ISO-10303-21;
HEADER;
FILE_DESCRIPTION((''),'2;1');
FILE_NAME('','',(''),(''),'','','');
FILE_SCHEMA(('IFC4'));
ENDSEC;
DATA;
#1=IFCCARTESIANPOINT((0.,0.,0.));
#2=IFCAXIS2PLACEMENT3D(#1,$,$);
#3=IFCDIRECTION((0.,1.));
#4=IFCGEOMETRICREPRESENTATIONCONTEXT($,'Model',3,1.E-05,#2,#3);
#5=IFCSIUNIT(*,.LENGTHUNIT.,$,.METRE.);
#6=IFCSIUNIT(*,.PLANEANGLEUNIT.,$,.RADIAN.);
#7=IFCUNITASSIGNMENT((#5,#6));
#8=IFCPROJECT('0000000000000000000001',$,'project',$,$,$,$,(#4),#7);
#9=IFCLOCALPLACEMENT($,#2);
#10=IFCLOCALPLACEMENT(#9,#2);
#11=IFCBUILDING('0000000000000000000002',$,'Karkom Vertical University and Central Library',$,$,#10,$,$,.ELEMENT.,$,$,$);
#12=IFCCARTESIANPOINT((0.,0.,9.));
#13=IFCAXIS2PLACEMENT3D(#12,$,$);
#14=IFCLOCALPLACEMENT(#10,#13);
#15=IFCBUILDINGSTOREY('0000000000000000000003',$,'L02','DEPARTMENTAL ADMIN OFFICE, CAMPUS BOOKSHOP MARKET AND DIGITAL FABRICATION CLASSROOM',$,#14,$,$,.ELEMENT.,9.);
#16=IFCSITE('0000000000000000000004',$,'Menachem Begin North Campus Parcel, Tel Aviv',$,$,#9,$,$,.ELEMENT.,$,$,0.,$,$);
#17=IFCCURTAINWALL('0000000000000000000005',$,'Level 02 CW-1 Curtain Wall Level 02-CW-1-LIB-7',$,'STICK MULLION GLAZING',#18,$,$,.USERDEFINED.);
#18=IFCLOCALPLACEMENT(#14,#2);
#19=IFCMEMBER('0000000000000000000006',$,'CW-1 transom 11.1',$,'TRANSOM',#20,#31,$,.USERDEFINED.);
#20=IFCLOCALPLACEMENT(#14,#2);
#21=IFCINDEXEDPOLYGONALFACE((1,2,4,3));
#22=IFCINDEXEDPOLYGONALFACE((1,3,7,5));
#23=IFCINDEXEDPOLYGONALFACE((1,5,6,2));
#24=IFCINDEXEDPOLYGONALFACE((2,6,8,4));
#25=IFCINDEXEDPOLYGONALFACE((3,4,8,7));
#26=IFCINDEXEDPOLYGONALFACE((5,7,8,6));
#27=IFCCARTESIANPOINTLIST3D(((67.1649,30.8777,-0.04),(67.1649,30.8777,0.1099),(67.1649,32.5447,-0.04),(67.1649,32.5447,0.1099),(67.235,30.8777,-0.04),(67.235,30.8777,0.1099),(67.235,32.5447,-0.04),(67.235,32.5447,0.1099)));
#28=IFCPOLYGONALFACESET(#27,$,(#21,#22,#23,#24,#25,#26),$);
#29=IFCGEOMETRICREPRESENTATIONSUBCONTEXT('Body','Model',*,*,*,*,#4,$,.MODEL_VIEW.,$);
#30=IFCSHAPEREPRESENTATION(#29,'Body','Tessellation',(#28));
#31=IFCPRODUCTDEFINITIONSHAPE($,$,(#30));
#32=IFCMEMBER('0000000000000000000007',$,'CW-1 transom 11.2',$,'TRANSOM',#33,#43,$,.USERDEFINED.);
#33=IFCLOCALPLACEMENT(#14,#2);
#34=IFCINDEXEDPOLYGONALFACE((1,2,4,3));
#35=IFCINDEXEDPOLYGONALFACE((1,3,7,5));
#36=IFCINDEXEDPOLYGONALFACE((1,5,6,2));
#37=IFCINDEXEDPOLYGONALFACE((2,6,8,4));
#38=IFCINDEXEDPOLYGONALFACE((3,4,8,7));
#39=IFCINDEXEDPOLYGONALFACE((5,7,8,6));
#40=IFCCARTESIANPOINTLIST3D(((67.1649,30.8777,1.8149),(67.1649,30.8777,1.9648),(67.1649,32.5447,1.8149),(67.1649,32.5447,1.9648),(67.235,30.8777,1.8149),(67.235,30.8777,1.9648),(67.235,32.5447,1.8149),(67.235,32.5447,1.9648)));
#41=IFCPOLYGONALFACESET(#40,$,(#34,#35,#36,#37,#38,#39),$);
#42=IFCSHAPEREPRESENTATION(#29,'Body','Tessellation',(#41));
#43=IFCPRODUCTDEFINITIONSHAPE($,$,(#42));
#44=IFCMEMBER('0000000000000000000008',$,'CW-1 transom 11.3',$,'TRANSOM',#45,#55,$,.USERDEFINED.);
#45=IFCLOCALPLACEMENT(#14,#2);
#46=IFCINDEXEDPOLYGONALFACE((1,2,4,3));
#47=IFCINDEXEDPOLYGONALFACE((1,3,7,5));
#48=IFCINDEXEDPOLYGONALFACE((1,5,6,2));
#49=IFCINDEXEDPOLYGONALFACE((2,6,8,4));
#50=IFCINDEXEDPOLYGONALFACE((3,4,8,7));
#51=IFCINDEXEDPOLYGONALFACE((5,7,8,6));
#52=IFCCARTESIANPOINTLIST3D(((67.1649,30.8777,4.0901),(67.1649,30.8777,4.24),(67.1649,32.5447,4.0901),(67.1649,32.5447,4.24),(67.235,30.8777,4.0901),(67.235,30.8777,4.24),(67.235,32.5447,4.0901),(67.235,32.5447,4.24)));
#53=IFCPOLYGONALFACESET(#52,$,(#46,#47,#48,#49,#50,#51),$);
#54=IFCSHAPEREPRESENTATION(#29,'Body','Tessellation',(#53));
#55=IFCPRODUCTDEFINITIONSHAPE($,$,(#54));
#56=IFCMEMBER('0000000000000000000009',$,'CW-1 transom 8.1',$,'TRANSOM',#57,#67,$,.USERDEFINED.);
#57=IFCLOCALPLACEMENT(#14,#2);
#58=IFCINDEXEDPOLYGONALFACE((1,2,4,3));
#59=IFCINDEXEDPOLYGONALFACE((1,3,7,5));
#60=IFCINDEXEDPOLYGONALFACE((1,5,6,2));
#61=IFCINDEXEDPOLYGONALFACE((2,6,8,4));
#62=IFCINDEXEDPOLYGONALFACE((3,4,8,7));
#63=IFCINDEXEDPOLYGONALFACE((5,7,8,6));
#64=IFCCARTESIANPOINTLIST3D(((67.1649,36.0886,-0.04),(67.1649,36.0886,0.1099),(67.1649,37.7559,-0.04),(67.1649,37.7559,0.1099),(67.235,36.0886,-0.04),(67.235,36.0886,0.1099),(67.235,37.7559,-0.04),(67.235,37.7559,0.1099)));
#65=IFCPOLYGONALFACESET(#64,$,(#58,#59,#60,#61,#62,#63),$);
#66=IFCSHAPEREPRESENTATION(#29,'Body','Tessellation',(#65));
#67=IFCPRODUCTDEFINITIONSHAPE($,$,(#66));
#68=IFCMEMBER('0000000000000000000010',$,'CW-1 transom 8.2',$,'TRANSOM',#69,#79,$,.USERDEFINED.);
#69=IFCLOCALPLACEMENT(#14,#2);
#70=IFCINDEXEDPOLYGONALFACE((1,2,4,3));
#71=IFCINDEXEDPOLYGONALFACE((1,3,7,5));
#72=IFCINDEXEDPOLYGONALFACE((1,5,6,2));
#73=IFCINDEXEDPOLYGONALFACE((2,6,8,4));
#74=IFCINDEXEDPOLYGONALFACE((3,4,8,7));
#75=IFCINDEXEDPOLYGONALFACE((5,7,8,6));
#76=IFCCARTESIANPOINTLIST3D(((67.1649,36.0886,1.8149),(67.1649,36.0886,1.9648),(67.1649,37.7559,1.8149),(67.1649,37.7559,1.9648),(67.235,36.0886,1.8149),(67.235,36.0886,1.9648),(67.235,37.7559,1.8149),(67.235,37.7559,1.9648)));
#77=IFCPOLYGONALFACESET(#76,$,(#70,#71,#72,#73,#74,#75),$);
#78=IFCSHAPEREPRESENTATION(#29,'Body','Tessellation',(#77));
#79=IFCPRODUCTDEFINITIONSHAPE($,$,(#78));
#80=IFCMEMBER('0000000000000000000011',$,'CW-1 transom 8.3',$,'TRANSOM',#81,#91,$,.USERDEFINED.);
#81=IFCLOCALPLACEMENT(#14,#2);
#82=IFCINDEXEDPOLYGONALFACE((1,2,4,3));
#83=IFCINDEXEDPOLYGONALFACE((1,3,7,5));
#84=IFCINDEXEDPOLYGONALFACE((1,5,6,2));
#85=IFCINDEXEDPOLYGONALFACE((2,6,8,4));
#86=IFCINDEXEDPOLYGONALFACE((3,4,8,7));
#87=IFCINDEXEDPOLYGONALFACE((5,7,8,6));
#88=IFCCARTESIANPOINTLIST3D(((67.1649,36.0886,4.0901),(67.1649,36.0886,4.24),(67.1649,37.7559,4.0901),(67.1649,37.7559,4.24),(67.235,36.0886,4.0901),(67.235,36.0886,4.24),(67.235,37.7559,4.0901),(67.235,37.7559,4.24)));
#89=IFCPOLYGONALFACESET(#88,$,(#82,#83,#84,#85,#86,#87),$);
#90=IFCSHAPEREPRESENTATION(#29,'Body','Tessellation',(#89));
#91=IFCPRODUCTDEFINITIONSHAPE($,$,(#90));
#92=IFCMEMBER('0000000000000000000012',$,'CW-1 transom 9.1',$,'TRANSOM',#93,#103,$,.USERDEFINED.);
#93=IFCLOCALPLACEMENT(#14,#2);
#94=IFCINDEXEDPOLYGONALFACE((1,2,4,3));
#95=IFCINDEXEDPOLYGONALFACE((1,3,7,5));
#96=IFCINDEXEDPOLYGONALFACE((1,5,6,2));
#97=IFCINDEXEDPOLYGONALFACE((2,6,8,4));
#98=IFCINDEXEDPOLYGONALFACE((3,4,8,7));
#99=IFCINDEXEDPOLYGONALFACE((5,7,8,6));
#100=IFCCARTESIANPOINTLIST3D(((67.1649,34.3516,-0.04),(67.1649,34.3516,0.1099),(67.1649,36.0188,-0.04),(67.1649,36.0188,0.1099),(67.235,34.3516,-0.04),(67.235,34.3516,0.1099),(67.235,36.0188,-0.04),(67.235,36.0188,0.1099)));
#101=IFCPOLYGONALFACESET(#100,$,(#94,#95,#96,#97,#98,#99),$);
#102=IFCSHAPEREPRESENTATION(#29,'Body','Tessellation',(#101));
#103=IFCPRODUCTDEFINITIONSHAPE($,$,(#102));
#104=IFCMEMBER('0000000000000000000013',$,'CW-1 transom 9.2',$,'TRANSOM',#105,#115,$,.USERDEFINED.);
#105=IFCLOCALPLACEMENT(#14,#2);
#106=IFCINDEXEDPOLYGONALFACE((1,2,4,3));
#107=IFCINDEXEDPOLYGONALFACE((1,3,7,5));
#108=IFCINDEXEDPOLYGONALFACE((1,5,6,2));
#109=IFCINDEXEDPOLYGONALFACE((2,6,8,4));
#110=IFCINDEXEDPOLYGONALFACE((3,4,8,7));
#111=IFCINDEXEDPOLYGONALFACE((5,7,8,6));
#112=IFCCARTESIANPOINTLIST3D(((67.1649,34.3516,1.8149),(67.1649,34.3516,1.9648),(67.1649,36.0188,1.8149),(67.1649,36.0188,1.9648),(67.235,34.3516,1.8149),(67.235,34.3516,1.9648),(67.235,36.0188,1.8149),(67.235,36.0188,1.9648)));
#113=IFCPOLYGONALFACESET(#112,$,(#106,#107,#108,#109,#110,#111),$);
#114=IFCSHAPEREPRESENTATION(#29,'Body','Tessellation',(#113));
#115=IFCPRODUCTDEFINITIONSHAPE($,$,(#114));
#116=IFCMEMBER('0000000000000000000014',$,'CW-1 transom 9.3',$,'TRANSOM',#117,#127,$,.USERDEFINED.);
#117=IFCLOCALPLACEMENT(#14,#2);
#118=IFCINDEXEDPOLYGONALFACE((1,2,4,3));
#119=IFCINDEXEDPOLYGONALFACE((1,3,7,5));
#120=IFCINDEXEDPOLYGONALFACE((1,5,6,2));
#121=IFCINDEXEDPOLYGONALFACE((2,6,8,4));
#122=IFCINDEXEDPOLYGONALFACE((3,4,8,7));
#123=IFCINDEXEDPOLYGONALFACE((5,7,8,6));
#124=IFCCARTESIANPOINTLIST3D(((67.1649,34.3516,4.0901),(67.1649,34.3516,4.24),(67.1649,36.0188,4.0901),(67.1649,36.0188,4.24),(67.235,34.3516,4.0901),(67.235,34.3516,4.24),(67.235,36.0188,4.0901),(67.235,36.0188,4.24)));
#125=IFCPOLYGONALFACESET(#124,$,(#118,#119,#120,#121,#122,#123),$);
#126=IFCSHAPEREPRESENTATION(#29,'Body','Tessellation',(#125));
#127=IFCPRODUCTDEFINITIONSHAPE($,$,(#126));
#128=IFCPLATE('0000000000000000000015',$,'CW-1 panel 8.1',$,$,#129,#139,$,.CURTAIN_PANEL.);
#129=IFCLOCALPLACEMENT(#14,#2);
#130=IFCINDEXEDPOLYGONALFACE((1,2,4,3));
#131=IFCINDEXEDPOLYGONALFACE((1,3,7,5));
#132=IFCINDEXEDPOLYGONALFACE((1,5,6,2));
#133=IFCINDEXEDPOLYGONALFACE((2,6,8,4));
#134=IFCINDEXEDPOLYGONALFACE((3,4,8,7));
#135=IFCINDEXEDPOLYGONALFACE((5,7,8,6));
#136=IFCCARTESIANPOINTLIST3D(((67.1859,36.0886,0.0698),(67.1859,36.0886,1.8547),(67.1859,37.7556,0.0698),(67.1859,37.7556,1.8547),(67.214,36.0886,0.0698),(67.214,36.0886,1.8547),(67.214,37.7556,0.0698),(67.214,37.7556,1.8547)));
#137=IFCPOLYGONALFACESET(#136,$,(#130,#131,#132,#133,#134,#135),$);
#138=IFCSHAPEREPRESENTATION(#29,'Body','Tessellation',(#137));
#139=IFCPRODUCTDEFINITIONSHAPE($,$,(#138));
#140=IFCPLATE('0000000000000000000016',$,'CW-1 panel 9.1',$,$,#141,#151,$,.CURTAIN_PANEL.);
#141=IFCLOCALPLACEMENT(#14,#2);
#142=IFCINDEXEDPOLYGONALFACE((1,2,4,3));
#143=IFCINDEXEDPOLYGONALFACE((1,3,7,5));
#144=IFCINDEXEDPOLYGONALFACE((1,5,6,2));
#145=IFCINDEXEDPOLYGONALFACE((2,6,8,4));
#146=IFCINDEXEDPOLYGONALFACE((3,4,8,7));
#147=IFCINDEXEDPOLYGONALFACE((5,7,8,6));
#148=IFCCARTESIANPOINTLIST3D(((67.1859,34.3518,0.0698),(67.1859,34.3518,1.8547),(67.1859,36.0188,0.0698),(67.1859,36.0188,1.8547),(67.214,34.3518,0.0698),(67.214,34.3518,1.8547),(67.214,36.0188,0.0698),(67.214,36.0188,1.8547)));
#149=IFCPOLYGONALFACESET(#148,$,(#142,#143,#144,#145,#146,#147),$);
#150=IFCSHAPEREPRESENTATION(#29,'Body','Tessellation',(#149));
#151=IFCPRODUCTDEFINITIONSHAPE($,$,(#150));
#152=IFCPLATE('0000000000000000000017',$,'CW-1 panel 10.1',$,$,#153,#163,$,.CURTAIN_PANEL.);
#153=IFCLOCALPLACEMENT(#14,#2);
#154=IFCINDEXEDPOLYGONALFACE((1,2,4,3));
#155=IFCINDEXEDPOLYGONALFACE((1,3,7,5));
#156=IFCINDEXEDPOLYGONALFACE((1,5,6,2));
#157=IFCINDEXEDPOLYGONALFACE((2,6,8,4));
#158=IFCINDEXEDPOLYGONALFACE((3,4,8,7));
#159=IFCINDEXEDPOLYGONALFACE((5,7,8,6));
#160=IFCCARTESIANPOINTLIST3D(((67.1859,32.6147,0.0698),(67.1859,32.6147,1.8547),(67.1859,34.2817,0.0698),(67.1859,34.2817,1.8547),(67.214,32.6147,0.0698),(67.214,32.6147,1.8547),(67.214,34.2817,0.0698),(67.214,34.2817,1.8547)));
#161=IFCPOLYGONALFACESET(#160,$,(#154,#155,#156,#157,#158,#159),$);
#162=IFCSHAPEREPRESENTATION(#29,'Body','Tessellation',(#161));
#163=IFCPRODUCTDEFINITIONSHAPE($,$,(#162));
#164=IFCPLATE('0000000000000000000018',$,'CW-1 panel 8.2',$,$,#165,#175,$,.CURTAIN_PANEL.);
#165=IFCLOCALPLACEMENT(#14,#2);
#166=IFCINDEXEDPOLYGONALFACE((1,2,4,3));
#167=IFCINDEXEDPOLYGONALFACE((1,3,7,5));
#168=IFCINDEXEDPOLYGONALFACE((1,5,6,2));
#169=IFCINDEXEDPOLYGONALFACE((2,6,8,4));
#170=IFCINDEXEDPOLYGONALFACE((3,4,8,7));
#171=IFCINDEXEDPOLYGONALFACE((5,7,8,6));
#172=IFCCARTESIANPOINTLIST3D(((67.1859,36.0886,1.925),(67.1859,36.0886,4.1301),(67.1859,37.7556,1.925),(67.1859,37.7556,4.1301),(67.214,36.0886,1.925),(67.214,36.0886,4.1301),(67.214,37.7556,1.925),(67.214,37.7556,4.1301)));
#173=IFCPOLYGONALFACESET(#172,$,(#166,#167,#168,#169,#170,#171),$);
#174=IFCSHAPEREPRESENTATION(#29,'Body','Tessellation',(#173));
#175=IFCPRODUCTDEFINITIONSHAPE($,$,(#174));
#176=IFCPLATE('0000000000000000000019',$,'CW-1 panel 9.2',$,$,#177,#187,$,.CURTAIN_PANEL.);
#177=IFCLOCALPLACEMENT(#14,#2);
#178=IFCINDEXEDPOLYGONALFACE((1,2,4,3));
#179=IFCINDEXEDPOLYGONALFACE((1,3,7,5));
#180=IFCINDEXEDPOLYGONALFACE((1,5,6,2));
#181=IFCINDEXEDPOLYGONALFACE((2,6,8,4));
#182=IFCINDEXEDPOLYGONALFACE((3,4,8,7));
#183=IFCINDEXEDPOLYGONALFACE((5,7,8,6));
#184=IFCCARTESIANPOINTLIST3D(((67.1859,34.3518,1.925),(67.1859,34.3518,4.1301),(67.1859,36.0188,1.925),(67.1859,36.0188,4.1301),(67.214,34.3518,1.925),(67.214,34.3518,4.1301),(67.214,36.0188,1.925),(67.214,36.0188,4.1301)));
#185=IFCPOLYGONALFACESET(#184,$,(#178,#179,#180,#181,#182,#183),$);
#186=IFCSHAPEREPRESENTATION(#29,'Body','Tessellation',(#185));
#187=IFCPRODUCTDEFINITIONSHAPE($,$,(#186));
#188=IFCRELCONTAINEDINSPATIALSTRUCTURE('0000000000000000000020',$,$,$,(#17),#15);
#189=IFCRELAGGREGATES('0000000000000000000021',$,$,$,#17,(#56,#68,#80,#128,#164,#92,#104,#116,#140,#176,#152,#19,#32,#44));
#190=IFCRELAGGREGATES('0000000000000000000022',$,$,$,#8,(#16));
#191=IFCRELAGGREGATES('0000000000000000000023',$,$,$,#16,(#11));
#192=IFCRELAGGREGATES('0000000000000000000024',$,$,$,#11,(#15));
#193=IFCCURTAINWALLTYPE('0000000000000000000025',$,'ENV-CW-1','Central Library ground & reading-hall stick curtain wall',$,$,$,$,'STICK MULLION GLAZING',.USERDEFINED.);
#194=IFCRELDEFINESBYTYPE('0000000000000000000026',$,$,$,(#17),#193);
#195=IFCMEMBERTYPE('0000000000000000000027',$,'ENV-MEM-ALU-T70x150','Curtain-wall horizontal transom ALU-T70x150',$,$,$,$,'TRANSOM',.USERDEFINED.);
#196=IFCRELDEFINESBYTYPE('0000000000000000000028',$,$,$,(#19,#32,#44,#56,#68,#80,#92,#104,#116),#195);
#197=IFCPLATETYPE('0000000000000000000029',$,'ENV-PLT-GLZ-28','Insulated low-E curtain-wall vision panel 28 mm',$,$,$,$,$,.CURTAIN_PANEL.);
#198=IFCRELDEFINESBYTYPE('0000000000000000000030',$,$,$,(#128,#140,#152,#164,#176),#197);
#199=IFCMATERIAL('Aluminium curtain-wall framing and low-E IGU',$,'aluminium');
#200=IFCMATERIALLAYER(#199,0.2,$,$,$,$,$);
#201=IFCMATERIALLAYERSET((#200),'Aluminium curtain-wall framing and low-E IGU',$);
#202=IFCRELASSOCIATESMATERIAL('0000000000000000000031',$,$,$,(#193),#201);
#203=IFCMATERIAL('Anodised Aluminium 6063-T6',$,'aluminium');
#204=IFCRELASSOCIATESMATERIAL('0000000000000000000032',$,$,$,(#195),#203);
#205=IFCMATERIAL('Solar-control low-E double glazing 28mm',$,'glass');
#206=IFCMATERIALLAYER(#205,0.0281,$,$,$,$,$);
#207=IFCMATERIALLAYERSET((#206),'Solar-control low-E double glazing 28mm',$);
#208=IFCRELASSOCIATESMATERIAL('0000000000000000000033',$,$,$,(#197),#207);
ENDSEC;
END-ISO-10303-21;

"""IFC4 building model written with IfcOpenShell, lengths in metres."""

from ifc_helpers import new_model, si_unit, direction, frame, origin, origin_with_axes, origin_2d, place, context, subcontext, project, spatial, rectangle, extrude, source, transform, mapped, material, layer, layer_set, material_profile, profile_set, type_object, element, aggregate, save


model = new_model("IFC4")

# Units and contexts
model_context = context("Model", 3, precision=1e-05, world=origin(), true_north=direction((0.0, 1.0)))
body_context = subcontext(model_context, "Body", "Model", "MODEL_VIEW")
ifc_project = project(units=[si_unit("LENGTHUNIT", "METRE"), si_unit("PLANEANGLEUNIT", "RADIAN")], contexts=[model_context])

# Site, building, storey
site_placement = place(None, origin())
site = spatial("IfcSite", under=ifc_project, at=site_placement, Name="Menachem Begin North Campus Parcel, Tel Aviv", CompositionType="ELEMENT", RefElevation=0.0)
building_placement = place(site_placement, origin())
building = spatial("IfcBuilding", under=site, at=building_placement, Name="Karkom Vertical University and Central Library", CompositionType="ELEMENT")
storey_placement = place(building_placement, frame((0.0, 0.0, 9.0)))
storey = spatial("IfcBuildingStorey", under=building, at=storey_placement, Name="L02", Description="DEPARTMENTAL ADMIN OFFICE, CAMPUS BOOKSHOP MARKET AND DIGITAL FABRICATION CLASSROOM", CompositionType="ELEMENT", Elevation=9.0)

# Curtain wall, members, plates
ifc_material_1 = material(Name="Aluminium curtain-wall framing and low-E IGU", Category="aluminium")
ifc_layer_1 = layer(ifc_material_1, 0.2)
ifc_layer_set_1 = layer_set([ifc_layer_1], Name="Aluminium curtain-wall framing and low-E IGU")
curtain_wall_type = type_object("IfcCurtainWallType", Name="ENV-CW-1", Description="Central Library ground & reading-hall stick curtain wall", ElementType="STICK MULLION GLAZING", PredefinedType="USERDEFINED", material=ifc_layer_set_1)
curtain_wall_placement = place(storey_placement, origin())
curtain_wall = element("IfcCurtainWall", 1, at=curtain_wall_placement, inside=storey, type_object=curtain_wall_type, Name="Level 02 CW-1 Curtain Wall Level 02-CW-1-LIB-7", ObjectType="STICK MULLION GLAZING", PredefinedType="USERDEFINED")
ifc_material_2 = material(Name="Anodised Aluminium 6063-T6", Category="aluminium")
ifc_material_profile_1 = material_profile(ifc_material_2, rectangle(XDim=0.0701, YDim=0.1499, at=origin_2d()), Name="ALU-T70x150")
ifc_profile_set_1 = profile_set([ifc_material_profile_1], Name="Anodised Aluminium 6063-T6")
member_type = type_object("IfcMemberType", Name="ENV-MEM-ALU-T70x150", Description="Curtain-wall horizontal transom ALU-T70x150", ElementType="TRANSOM", PredefinedType="USERDEFINED", material=ifc_profile_set_1)
shared_shape_1 = source(origin_with_axes(), body_context, "Body", "SweptSolid", [
    extrude(rectangle(XDim=0.0701, YDim=0.1499, at=origin_2d()), origin(), (0.0, 0.0, 1.0), 1.667),
])
member_1_placement = place(storey_placement, frame((67.2, 32.5447, 0.0349), z_axis=(0.0, -1.0, 0.0), x_axis=(1.0, 0.0, 0.0)))
member_1 = element("IfcMember", 2, at=member_1_placement, type_object=member_type, Name="CW-1 transom 11.1", ObjectType="TRANSOM", PredefinedType="USERDEFINED", context=body_context, shape_type="MappedRepresentation", body=[
    mapped(shared_shape_1, transform((0.0, 0.0, 0.0), scale=1.0)),
])
member_2_placement = place(storey_placement, frame((67.2, 32.5447, 1.8899), z_axis=(0.0, -1.0, 0.0), x_axis=(1.0, 0.0, 0.0)))
member_2 = element("IfcMember", 3, at=member_2_placement, type_object=member_type, Name="CW-1 transom 11.2", ObjectType="TRANSOM", PredefinedType="USERDEFINED", context=body_context, shape_type="MappedRepresentation", body=[
    mapped(shared_shape_1, transform((0.0, 0.0, 0.0), scale=1.0)),
])
member_3_placement = place(storey_placement, frame((67.2, 32.5447, 4.165), z_axis=(0.0, -1.0, 0.0), x_axis=(1.0, 0.0, 0.0)))
member_3 = element("IfcMember", 4, at=member_3_placement, type_object=member_type, Name="CW-1 transom 11.3", ObjectType="TRANSOM", PredefinedType="USERDEFINED", context=body_context, shape_type="MappedRepresentation", body=[
    mapped(shared_shape_1, transform((0.0, 0.0, 0.0), scale=1.0)),
])
shared_shape_2 = source(origin_with_axes(), body_context, "Body", "SweptSolid", [
    extrude(rectangle(XDim=0.0701, YDim=0.1499, at=origin_2d()), origin(), (0.0, 0.0, 1.0), 1.6672),
])
member_4_placement = place(storey_placement, frame((67.2, 37.7559, 0.0349), z_axis=(0.0, -1.0, 0.0), x_axis=(1.0, 0.0, 0.0)))
member_4 = element("IfcMember", 5, at=member_4_placement, type_object=member_type, Name="CW-1 transom 8.1", ObjectType="TRANSOM", PredefinedType="USERDEFINED", context=body_context, shape_type="MappedRepresentation", body=[
    mapped(shared_shape_2, transform((0.0, 0.0, 0.0), scale=1.0)),
])
member_5_placement = place(storey_placement, frame((67.2, 37.7559, 1.8899), z_axis=(0.0, -1.0, 0.0), x_axis=(1.0, 0.0, 0.0)))
member_5 = element("IfcMember", 6, at=member_5_placement, type_object=member_type, Name="CW-1 transom 8.2", ObjectType="TRANSOM", PredefinedType="USERDEFINED", context=body_context, shape_type="MappedRepresentation", body=[
    mapped(shared_shape_2, transform((0.0, 0.0, 0.0), scale=1.0)),
])
member_6_placement = place(storey_placement, frame((67.2, 37.7559, 4.165), z_axis=(0.0, -1.0, 0.0), x_axis=(1.0, 0.0, 0.0)))
member_6 = element("IfcMember", 7, at=member_6_placement, type_object=member_type, Name="CW-1 transom 8.3", ObjectType="TRANSOM", PredefinedType="USERDEFINED", context=body_context, shape_type="MappedRepresentation", body=[
    mapped(shared_shape_2, transform((0.0, 0.0, 0.0), scale=1.0)),
])
member_7_placement = place(storey_placement, frame((67.2, 36.0188, 0.0349), z_axis=(0.0, -1.0, 0.0), x_axis=(1.0, 0.0, 0.0)))
member_7 = element("IfcMember", 8, at=member_7_placement, type_object=member_type, Name="CW-1 transom 9.1", ObjectType="TRANSOM", PredefinedType="USERDEFINED", context=body_context, shape_type="MappedRepresentation", body=[
    mapped(shared_shape_2, transform((0.0, 0.0, 0.0), scale=1.0)),
])
member_8_placement = place(storey_placement, frame((67.2, 36.0188, 1.8899), z_axis=(0.0, -1.0, 0.0), x_axis=(1.0, 0.0, 0.0)))
member_8 = element("IfcMember", 9, at=member_8_placement, type_object=member_type, Name="CW-1 transom 9.2", ObjectType="TRANSOM", PredefinedType="USERDEFINED", context=body_context, shape_type="MappedRepresentation", body=[
    mapped(shared_shape_2, transform((0.0, 0.0, 0.0), scale=1.0)),
])
member_9_placement = place(storey_placement, frame((67.2, 36.0188, 4.165), z_axis=(0.0, -1.0, 0.0), x_axis=(1.0, 0.0, 0.0)))
member_9 = element("IfcMember", 10, at=member_9_placement, type_object=member_type, Name="CW-1 transom 9.3", ObjectType="TRANSOM", PredefinedType="USERDEFINED", context=body_context, shape_type="MappedRepresentation", body=[
    mapped(shared_shape_2, transform((0.0, 0.0, 0.0), scale=1.0)),
])
ifc_material_3 = material(Name="Solar-control low-E double glazing 28mm", Category="glass")
ifc_layer_2 = layer(ifc_material_3, 0.0281)
ifc_layer_set_2 = layer_set([ifc_layer_2], Name="Solar-control low-E double glazing 28mm")
plate_type = type_object("IfcPlateType", Name="ENV-PLT-GLZ-28", Description="Insulated low-E curtain-wall vision panel 28 mm", PredefinedType="CURTAIN_PANEL", material=ifc_layer_set_2)
shared_shape_3 = source(origin_with_axes(), body_context, "Body", "SweptSolid", [
    extrude(rectangle(XDim=1.667, YDim=0.0281, at=origin_2d()), origin(), (0.0, 0.0, 1.0), 1.7849),
])
plate_1_placement = place(storey_placement, frame((67.2, 36.9221, 0.0698), z_axis=(0.0, 0.0, 1.0), x_axis=(0.0, -1.0, 0.0)))
plate_1 = element("IfcPlate", 11, at=plate_1_placement, type_object=plate_type, Name="CW-1 panel 8.1", PredefinedType="CURTAIN_PANEL", context=body_context, shape_type="MappedRepresentation", body=[
    mapped(shared_shape_3, transform((0.0, 0.0, 0.0), scale=1.0)),
])
plate_2_placement = place(storey_placement, frame((67.2, 35.1853, 0.0698), z_axis=(0.0, 0.0, 1.0), x_axis=(0.0, -1.0, 0.0)))
plate_2 = element("IfcPlate", 12, at=plate_2_placement, type_object=plate_type, Name="CW-1 panel 9.1", PredefinedType="CURTAIN_PANEL", context=body_context, shape_type="MappedRepresentation", body=[
    mapped(shared_shape_3, transform((0.0, 0.0, 0.0), scale=1.0)),
])
plate_3_placement = place(storey_placement, frame((67.2, 33.4482, 0.0698), z_axis=(0.0, 0.0, 1.0), x_axis=(0.0, -1.0, 0.0)))
plate_3 = element("IfcPlate", 13, at=plate_3_placement, type_object=plate_type, Name="CW-1 panel 10.1", PredefinedType="CURTAIN_PANEL", context=body_context, shape_type="MappedRepresentation", body=[
    mapped(shared_shape_3, transform((0.0, 0.0, 0.0), scale=1.0)),
])
shared_shape_4 = source(origin_with_axes(), body_context, "Body", "SweptSolid", [
    extrude(rectangle(XDim=1.667, YDim=0.0281, at=origin_2d()), origin(), (0.0, 0.0, 1.0), 2.2051),
])
plate_4_placement = place(storey_placement, frame((67.2, 36.9221, 1.925), z_axis=(0.0, 0.0, 1.0), x_axis=(0.0, -1.0, 0.0)))
plate_4 = element("IfcPlate", 14, at=plate_4_placement, type_object=plate_type, Name="CW-1 panel 8.2", PredefinedType="CURTAIN_PANEL", context=body_context, shape_type="MappedRepresentation", body=[
    mapped(shared_shape_4, transform((0.0, 0.0, 0.0), scale=1.0)),
])
plate_5_placement = place(storey_placement, frame((67.2, 35.1853, 1.925), z_axis=(0.0, 0.0, 1.0), x_axis=(0.0, -1.0, 0.0)))
plate_5 = element("IfcPlate", 15, at=plate_5_placement, type_object=plate_type, Name="CW-1 panel 9.2", PredefinedType="CURTAIN_PANEL", context=body_context, shape_type="MappedRepresentation", body=[
    mapped(shared_shape_4, transform((0.0, 0.0, 0.0), scale=1.0)),
])
aggregate(curtain_wall, [member_4, member_5, member_6, plate_1, plate_4, member_7, member_8, member_9, plate_2, plate_5, plate_3, member_1, member_2, member_3])

save(model, "model.ifc")
